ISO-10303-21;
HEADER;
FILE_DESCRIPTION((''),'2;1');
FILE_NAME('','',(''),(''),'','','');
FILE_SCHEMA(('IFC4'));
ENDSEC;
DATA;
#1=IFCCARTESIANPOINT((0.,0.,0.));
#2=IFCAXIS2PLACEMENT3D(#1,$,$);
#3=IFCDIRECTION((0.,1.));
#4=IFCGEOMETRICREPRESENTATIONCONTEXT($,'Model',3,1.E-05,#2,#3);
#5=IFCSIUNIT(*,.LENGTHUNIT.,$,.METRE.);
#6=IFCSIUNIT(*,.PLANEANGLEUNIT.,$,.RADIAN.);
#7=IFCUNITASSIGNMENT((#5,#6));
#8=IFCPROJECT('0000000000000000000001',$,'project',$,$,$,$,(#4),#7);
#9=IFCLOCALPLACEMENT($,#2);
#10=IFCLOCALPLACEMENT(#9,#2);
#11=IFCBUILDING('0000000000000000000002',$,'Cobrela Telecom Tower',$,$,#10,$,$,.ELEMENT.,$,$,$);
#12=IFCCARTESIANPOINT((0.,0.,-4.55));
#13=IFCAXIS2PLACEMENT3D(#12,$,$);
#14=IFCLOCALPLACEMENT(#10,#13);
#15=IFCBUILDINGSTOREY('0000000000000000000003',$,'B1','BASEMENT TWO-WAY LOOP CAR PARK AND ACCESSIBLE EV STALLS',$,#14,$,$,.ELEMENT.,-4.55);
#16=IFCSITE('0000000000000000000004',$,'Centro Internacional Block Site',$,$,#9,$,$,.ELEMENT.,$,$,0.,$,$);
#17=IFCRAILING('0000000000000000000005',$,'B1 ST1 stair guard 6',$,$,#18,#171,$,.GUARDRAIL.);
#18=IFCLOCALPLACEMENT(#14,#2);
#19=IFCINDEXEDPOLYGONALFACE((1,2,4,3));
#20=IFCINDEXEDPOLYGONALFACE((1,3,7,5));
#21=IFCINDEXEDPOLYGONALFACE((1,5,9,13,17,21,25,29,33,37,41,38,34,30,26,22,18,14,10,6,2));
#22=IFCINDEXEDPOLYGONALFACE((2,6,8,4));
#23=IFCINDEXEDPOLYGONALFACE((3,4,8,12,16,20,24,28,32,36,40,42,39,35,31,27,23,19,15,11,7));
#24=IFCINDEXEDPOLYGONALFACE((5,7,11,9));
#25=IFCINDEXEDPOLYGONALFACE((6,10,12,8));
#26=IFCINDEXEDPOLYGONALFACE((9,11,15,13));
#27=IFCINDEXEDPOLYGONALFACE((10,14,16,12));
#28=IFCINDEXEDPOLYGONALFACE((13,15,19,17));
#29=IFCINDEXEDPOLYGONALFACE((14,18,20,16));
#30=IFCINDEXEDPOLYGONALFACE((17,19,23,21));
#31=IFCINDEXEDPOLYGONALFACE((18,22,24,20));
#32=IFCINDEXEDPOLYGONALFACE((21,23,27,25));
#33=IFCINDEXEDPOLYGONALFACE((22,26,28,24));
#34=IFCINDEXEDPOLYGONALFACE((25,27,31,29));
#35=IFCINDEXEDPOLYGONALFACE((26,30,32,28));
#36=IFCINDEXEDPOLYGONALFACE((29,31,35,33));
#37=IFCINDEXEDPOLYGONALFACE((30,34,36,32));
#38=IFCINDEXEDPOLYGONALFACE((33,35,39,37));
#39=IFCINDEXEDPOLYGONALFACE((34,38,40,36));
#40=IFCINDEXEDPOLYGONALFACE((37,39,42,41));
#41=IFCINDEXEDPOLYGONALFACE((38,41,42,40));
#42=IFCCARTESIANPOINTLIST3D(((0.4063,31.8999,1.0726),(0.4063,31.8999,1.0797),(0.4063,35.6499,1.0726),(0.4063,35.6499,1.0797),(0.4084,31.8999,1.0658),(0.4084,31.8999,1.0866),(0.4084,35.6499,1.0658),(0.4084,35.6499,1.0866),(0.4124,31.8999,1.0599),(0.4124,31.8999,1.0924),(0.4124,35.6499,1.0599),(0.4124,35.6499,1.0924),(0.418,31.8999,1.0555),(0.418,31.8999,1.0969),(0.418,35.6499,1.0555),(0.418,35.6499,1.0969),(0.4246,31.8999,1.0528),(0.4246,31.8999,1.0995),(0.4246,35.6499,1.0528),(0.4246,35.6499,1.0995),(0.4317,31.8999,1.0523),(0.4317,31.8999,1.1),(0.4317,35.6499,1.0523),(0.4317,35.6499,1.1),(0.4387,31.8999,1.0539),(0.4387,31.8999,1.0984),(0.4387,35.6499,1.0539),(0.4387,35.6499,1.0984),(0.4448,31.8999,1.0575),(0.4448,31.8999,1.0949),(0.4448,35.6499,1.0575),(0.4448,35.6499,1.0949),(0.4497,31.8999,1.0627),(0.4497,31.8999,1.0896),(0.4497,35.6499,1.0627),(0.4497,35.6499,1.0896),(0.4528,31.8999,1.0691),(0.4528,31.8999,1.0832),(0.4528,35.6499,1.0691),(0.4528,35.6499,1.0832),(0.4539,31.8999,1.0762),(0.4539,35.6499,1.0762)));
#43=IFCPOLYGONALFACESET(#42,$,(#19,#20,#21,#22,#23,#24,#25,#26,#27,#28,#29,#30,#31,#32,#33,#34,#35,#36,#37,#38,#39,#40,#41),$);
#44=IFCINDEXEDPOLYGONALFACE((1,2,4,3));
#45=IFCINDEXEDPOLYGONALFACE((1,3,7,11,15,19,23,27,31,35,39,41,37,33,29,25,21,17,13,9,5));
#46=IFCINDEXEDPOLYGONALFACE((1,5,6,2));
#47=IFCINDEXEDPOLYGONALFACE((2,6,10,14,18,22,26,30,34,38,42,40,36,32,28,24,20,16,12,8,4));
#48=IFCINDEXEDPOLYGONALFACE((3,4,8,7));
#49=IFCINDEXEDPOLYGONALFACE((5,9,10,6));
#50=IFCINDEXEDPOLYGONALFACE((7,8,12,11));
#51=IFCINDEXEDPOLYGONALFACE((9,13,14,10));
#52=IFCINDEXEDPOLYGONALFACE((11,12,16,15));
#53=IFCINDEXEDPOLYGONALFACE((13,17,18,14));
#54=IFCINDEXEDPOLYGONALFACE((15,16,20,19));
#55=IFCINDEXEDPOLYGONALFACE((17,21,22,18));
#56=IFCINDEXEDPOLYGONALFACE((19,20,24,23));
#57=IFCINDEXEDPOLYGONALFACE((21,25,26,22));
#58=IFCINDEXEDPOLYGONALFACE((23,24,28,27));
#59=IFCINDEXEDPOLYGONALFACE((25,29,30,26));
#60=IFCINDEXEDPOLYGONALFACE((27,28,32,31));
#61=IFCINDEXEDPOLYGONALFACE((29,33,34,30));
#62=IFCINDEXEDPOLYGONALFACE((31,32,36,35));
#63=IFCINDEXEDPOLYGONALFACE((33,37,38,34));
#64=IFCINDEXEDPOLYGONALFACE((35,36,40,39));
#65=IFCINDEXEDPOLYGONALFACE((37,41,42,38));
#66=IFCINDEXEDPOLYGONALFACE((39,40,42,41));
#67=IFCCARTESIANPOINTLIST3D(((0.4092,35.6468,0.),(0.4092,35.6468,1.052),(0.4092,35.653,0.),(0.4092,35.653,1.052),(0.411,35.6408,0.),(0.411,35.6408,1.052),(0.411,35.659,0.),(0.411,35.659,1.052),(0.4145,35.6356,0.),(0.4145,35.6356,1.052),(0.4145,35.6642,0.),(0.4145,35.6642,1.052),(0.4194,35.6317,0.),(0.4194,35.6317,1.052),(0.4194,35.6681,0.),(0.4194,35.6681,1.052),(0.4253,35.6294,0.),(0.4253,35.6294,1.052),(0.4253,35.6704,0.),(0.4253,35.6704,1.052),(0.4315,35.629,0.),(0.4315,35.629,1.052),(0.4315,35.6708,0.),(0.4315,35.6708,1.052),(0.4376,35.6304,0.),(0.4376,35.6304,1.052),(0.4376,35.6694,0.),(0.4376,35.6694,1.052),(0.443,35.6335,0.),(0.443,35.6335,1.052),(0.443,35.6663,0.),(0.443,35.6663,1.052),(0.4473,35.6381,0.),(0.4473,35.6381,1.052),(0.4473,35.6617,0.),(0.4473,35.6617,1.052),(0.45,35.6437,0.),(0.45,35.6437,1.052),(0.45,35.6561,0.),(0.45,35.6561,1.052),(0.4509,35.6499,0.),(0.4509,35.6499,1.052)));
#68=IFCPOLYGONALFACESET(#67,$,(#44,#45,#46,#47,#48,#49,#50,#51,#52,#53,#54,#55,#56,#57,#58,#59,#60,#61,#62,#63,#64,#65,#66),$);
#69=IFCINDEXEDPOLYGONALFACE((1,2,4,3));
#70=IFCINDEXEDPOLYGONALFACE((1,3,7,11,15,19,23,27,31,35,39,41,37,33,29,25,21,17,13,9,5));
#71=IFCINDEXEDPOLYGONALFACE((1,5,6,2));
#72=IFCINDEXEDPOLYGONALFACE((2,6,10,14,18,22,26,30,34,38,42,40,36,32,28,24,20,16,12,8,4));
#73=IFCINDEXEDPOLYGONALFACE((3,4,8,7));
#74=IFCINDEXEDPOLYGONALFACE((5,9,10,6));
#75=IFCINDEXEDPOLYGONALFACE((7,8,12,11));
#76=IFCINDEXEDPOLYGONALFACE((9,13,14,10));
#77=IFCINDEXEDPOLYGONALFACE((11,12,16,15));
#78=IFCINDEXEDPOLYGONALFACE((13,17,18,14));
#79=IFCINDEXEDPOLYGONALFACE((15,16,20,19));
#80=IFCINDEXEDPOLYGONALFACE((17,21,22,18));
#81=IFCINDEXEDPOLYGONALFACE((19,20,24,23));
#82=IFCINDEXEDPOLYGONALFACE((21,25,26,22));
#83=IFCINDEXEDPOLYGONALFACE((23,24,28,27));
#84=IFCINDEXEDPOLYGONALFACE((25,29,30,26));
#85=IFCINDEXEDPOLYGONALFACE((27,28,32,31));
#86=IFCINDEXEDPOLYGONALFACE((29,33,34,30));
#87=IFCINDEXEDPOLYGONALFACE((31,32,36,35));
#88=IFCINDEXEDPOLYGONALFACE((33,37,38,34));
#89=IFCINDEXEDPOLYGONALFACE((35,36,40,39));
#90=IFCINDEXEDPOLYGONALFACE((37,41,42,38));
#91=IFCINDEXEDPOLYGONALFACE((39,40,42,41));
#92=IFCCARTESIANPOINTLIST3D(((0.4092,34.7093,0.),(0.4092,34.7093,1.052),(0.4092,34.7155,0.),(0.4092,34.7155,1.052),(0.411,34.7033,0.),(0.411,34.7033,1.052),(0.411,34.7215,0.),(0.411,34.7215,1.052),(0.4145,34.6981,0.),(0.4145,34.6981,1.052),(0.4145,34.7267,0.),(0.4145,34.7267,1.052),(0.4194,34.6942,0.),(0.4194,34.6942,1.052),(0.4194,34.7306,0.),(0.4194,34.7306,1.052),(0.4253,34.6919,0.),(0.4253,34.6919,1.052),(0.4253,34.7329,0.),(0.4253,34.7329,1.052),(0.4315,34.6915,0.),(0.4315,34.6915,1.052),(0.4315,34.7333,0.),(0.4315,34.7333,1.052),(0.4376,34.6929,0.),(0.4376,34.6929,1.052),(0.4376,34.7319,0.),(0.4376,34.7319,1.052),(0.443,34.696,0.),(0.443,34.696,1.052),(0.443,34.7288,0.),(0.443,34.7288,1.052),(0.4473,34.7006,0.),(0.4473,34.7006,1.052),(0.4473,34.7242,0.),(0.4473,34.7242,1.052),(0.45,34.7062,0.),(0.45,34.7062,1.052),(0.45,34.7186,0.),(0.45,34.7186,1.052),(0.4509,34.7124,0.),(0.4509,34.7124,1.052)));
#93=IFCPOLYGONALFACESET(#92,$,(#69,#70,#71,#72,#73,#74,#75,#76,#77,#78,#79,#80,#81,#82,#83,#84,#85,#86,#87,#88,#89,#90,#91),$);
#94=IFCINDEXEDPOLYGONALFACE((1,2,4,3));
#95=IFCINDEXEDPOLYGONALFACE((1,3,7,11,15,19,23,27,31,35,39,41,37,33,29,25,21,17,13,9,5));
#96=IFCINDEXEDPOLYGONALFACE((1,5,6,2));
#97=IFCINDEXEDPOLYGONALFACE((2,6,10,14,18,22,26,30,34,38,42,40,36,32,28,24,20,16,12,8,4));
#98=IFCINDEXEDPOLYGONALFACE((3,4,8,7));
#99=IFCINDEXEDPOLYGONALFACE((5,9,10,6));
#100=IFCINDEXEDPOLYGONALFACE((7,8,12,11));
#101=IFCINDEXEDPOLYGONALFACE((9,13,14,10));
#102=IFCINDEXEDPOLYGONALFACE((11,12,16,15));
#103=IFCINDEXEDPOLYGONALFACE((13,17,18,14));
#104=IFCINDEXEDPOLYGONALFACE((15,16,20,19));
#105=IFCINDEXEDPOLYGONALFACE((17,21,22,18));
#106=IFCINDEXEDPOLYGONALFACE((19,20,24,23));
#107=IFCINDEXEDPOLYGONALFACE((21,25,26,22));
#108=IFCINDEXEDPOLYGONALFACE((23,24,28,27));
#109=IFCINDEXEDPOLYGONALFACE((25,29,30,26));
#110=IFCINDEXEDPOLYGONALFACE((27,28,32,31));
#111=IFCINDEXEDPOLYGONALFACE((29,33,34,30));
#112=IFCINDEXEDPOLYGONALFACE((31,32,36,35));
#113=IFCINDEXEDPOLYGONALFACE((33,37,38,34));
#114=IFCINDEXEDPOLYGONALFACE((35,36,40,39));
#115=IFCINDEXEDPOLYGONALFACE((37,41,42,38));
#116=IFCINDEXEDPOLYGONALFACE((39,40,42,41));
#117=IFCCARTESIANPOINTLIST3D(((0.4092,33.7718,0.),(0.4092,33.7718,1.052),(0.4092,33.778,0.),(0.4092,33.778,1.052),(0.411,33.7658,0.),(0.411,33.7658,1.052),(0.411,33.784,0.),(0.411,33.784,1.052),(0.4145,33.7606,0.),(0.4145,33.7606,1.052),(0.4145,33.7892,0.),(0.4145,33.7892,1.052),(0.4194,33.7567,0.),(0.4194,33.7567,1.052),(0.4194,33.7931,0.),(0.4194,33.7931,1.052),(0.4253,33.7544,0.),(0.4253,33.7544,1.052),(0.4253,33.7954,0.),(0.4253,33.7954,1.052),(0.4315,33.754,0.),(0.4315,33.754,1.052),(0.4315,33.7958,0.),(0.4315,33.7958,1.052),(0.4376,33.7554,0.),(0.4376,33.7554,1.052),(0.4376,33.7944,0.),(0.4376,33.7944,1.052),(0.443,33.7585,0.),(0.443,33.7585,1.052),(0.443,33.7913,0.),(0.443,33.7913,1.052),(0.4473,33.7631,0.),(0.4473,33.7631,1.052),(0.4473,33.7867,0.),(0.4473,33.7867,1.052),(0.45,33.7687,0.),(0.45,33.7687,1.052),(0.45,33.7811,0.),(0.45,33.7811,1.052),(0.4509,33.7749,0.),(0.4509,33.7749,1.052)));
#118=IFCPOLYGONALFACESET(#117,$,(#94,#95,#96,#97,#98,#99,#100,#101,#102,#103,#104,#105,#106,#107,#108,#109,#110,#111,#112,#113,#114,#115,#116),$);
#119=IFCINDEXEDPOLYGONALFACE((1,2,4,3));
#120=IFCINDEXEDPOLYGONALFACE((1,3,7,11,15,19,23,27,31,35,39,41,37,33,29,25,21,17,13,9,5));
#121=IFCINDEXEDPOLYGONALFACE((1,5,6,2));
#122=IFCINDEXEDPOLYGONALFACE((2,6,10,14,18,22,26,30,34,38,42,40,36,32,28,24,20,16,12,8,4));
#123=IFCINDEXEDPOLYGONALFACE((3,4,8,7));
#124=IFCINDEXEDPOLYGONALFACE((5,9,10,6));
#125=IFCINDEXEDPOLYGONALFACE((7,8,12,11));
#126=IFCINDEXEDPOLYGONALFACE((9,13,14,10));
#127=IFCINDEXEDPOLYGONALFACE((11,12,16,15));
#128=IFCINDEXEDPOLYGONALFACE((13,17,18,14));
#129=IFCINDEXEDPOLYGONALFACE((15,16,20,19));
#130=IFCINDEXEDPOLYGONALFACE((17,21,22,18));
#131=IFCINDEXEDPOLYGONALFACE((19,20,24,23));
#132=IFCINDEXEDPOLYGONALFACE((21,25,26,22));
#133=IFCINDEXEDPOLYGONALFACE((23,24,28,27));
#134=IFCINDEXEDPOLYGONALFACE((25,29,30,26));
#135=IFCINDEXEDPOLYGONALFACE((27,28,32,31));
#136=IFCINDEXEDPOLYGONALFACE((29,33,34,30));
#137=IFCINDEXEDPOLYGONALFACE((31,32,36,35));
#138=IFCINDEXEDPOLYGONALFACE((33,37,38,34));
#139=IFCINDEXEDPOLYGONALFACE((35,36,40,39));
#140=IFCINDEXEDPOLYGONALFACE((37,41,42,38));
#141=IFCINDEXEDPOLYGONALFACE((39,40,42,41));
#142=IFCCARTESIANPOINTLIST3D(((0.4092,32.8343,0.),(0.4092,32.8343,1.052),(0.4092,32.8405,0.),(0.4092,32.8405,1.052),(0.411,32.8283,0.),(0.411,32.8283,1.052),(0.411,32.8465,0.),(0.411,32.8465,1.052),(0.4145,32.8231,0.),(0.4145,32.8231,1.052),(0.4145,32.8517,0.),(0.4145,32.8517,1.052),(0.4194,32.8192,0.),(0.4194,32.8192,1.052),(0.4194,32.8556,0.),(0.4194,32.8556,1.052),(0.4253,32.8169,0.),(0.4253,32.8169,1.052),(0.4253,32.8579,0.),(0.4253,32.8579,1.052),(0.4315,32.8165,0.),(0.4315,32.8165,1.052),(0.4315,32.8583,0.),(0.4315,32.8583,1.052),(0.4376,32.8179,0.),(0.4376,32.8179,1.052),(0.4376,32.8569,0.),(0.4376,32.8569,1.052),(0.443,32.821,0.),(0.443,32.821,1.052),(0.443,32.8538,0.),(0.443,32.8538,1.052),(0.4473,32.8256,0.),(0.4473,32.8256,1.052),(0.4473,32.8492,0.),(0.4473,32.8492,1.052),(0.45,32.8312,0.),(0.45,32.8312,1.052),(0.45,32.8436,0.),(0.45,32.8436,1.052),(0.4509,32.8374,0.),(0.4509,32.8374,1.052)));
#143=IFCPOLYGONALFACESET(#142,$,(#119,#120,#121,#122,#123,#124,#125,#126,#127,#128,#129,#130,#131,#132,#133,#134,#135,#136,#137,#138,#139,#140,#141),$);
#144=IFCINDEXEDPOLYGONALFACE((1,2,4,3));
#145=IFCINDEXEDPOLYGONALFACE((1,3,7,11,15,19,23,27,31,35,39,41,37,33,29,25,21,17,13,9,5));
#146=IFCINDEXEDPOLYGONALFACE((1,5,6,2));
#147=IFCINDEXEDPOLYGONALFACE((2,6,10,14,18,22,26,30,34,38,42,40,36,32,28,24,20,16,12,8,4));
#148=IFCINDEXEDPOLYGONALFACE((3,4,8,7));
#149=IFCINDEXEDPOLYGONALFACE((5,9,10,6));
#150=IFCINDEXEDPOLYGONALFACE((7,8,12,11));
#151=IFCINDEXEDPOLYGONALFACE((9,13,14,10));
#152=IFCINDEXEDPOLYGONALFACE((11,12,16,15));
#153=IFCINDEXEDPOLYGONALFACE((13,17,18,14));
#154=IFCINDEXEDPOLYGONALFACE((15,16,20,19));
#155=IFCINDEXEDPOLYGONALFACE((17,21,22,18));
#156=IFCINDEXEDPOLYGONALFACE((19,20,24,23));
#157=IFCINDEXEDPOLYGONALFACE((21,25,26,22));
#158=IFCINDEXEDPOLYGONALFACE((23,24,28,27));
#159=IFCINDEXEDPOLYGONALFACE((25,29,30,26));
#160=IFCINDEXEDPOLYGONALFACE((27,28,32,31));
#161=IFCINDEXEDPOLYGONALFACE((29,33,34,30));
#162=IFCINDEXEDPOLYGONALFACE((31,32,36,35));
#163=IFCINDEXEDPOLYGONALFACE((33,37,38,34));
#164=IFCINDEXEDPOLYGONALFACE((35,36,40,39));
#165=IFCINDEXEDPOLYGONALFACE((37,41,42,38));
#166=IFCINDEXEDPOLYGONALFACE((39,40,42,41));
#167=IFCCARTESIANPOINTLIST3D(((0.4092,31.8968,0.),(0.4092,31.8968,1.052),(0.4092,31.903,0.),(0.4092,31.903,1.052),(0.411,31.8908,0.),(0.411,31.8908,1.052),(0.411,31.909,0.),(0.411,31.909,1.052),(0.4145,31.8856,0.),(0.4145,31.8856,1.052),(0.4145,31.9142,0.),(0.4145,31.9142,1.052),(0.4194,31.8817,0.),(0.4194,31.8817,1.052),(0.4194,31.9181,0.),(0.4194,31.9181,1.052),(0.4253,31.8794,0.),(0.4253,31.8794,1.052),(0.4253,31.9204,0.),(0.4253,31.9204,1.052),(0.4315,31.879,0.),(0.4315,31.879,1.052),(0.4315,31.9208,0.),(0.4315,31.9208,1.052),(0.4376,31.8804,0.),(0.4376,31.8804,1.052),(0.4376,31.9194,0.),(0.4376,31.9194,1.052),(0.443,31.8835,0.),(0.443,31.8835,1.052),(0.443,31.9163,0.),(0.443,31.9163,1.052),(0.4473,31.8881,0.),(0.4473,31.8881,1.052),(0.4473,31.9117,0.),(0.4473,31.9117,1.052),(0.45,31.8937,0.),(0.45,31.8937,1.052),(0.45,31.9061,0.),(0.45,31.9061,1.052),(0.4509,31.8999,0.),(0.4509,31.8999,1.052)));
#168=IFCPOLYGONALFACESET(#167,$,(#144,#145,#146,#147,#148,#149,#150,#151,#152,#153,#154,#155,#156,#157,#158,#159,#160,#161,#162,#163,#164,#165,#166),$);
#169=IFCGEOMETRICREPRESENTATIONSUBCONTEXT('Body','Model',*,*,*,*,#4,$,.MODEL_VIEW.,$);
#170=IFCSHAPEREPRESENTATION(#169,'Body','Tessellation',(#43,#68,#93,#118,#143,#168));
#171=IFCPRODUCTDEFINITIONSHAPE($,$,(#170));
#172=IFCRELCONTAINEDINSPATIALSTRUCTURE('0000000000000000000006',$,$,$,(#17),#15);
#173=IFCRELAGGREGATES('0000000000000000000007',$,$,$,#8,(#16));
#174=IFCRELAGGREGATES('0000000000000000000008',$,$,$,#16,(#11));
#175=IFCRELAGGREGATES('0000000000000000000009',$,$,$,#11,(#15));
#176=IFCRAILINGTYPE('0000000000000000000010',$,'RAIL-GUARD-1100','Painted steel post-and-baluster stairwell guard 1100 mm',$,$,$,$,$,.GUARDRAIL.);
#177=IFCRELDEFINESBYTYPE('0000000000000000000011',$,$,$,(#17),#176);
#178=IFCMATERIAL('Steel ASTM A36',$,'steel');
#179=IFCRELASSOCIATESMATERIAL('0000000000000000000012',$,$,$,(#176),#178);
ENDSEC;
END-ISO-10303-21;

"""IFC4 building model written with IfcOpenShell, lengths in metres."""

from ifc_helpers import new_model, si_unit, direction, frame, origin, origin_2d, place, context, subcontext, project, spatial, circle, extrude, material, type_object, element, save


model = new_model("IFC4")

# Units and contexts
model_context = context("Model", 3, precision=1e-05, world=origin(), true_north=direction((0.0, 1.0)))
body_context = subcontext(model_context, "Body", "Model", "MODEL_VIEW")
ifc_project = project(units=[si_unit("LENGTHUNIT", "METRE"), si_unit("PLANEANGLEUNIT", "RADIAN")], contexts=[model_context])

# Site, building, storey
site_placement = place(None, origin())
site = spatial("IfcSite", under=ifc_project, at=site_placement, Name="Centro Internacional Block Site", CompositionType="ELEMENT", RefElevation=0.0)
building_placement = place(site_placement, origin())
building = spatial("IfcBuilding", under=site, at=building_placement, Name="Cobrela Telecom Tower", CompositionType="ELEMENT")
storey_placement = place(building_placement, frame((0.0, 0.0, -4.55)))
storey = spatial("IfcBuildingStorey", under=building, at=storey_placement, Name="B1", Description="BASEMENT TWO-WAY LOOP CAR PARK AND ACCESSIBLE EV STALLS", CompositionType="ELEMENT", Elevation=-4.55)

# Shared definitions
ifc_material_1 = material(Name="Steel ASTM A36", Category="steel")

# Railing
railing_type_1 = type_object("IfcRailingType", Name="RAIL-GUARD-1100", Description="Painted steel post-and-baluster stairwell guard 1100 mm", PredefinedType="GUARDRAIL", material=ifc_material_1)
railing_1_placement = place(storey_placement, frame((0.4299, 35.6499, 0.0)))
element("IfcRailing", 1, at=railing_1_placement, inside=storey, type_object=railing_type_1, Name="B1 ST1 stair guard 6", PredefinedType="GUARDRAIL", context=body_context, shape_type="SweptSolid", body=[
    extrude(circle(Radius=0.0239, at=origin_2d()), frame((0.0, 0.0, 1.0762), z_axis=(0.0, -1.0, 0.0), x_axis=(1.0, 0.0, 0.0)), (0.0, 0.0, 1.0), 3.75),
    extrude(circle(Radius=0.021, at=origin_2d()), origin(), (0.0, 0.0, 1.0), 1.052),
    extrude(circle(Radius=0.021, at=origin_2d()), frame((0.0, -0.9375, 0.0)), (0.0, 0.0, 1.0), 1.052),
    extrude(circle(Radius=0.021, at=origin_2d()), frame((0.0, -1.875, 0.0)), (0.0, 0.0, 1.0), 1.052),
    extrude(circle(Radius=0.021, at=origin_2d()), frame((0.0, -2.8125, 0.0)), (0.0, 0.0, 1.0), 1.052),
    extrude(circle(Radius=0.021, at=origin_2d()), frame((0.0, -3.75, 0.0)), (0.0, 0.0, 1.0), 1.052),
])

save(model, "model.ifc")
